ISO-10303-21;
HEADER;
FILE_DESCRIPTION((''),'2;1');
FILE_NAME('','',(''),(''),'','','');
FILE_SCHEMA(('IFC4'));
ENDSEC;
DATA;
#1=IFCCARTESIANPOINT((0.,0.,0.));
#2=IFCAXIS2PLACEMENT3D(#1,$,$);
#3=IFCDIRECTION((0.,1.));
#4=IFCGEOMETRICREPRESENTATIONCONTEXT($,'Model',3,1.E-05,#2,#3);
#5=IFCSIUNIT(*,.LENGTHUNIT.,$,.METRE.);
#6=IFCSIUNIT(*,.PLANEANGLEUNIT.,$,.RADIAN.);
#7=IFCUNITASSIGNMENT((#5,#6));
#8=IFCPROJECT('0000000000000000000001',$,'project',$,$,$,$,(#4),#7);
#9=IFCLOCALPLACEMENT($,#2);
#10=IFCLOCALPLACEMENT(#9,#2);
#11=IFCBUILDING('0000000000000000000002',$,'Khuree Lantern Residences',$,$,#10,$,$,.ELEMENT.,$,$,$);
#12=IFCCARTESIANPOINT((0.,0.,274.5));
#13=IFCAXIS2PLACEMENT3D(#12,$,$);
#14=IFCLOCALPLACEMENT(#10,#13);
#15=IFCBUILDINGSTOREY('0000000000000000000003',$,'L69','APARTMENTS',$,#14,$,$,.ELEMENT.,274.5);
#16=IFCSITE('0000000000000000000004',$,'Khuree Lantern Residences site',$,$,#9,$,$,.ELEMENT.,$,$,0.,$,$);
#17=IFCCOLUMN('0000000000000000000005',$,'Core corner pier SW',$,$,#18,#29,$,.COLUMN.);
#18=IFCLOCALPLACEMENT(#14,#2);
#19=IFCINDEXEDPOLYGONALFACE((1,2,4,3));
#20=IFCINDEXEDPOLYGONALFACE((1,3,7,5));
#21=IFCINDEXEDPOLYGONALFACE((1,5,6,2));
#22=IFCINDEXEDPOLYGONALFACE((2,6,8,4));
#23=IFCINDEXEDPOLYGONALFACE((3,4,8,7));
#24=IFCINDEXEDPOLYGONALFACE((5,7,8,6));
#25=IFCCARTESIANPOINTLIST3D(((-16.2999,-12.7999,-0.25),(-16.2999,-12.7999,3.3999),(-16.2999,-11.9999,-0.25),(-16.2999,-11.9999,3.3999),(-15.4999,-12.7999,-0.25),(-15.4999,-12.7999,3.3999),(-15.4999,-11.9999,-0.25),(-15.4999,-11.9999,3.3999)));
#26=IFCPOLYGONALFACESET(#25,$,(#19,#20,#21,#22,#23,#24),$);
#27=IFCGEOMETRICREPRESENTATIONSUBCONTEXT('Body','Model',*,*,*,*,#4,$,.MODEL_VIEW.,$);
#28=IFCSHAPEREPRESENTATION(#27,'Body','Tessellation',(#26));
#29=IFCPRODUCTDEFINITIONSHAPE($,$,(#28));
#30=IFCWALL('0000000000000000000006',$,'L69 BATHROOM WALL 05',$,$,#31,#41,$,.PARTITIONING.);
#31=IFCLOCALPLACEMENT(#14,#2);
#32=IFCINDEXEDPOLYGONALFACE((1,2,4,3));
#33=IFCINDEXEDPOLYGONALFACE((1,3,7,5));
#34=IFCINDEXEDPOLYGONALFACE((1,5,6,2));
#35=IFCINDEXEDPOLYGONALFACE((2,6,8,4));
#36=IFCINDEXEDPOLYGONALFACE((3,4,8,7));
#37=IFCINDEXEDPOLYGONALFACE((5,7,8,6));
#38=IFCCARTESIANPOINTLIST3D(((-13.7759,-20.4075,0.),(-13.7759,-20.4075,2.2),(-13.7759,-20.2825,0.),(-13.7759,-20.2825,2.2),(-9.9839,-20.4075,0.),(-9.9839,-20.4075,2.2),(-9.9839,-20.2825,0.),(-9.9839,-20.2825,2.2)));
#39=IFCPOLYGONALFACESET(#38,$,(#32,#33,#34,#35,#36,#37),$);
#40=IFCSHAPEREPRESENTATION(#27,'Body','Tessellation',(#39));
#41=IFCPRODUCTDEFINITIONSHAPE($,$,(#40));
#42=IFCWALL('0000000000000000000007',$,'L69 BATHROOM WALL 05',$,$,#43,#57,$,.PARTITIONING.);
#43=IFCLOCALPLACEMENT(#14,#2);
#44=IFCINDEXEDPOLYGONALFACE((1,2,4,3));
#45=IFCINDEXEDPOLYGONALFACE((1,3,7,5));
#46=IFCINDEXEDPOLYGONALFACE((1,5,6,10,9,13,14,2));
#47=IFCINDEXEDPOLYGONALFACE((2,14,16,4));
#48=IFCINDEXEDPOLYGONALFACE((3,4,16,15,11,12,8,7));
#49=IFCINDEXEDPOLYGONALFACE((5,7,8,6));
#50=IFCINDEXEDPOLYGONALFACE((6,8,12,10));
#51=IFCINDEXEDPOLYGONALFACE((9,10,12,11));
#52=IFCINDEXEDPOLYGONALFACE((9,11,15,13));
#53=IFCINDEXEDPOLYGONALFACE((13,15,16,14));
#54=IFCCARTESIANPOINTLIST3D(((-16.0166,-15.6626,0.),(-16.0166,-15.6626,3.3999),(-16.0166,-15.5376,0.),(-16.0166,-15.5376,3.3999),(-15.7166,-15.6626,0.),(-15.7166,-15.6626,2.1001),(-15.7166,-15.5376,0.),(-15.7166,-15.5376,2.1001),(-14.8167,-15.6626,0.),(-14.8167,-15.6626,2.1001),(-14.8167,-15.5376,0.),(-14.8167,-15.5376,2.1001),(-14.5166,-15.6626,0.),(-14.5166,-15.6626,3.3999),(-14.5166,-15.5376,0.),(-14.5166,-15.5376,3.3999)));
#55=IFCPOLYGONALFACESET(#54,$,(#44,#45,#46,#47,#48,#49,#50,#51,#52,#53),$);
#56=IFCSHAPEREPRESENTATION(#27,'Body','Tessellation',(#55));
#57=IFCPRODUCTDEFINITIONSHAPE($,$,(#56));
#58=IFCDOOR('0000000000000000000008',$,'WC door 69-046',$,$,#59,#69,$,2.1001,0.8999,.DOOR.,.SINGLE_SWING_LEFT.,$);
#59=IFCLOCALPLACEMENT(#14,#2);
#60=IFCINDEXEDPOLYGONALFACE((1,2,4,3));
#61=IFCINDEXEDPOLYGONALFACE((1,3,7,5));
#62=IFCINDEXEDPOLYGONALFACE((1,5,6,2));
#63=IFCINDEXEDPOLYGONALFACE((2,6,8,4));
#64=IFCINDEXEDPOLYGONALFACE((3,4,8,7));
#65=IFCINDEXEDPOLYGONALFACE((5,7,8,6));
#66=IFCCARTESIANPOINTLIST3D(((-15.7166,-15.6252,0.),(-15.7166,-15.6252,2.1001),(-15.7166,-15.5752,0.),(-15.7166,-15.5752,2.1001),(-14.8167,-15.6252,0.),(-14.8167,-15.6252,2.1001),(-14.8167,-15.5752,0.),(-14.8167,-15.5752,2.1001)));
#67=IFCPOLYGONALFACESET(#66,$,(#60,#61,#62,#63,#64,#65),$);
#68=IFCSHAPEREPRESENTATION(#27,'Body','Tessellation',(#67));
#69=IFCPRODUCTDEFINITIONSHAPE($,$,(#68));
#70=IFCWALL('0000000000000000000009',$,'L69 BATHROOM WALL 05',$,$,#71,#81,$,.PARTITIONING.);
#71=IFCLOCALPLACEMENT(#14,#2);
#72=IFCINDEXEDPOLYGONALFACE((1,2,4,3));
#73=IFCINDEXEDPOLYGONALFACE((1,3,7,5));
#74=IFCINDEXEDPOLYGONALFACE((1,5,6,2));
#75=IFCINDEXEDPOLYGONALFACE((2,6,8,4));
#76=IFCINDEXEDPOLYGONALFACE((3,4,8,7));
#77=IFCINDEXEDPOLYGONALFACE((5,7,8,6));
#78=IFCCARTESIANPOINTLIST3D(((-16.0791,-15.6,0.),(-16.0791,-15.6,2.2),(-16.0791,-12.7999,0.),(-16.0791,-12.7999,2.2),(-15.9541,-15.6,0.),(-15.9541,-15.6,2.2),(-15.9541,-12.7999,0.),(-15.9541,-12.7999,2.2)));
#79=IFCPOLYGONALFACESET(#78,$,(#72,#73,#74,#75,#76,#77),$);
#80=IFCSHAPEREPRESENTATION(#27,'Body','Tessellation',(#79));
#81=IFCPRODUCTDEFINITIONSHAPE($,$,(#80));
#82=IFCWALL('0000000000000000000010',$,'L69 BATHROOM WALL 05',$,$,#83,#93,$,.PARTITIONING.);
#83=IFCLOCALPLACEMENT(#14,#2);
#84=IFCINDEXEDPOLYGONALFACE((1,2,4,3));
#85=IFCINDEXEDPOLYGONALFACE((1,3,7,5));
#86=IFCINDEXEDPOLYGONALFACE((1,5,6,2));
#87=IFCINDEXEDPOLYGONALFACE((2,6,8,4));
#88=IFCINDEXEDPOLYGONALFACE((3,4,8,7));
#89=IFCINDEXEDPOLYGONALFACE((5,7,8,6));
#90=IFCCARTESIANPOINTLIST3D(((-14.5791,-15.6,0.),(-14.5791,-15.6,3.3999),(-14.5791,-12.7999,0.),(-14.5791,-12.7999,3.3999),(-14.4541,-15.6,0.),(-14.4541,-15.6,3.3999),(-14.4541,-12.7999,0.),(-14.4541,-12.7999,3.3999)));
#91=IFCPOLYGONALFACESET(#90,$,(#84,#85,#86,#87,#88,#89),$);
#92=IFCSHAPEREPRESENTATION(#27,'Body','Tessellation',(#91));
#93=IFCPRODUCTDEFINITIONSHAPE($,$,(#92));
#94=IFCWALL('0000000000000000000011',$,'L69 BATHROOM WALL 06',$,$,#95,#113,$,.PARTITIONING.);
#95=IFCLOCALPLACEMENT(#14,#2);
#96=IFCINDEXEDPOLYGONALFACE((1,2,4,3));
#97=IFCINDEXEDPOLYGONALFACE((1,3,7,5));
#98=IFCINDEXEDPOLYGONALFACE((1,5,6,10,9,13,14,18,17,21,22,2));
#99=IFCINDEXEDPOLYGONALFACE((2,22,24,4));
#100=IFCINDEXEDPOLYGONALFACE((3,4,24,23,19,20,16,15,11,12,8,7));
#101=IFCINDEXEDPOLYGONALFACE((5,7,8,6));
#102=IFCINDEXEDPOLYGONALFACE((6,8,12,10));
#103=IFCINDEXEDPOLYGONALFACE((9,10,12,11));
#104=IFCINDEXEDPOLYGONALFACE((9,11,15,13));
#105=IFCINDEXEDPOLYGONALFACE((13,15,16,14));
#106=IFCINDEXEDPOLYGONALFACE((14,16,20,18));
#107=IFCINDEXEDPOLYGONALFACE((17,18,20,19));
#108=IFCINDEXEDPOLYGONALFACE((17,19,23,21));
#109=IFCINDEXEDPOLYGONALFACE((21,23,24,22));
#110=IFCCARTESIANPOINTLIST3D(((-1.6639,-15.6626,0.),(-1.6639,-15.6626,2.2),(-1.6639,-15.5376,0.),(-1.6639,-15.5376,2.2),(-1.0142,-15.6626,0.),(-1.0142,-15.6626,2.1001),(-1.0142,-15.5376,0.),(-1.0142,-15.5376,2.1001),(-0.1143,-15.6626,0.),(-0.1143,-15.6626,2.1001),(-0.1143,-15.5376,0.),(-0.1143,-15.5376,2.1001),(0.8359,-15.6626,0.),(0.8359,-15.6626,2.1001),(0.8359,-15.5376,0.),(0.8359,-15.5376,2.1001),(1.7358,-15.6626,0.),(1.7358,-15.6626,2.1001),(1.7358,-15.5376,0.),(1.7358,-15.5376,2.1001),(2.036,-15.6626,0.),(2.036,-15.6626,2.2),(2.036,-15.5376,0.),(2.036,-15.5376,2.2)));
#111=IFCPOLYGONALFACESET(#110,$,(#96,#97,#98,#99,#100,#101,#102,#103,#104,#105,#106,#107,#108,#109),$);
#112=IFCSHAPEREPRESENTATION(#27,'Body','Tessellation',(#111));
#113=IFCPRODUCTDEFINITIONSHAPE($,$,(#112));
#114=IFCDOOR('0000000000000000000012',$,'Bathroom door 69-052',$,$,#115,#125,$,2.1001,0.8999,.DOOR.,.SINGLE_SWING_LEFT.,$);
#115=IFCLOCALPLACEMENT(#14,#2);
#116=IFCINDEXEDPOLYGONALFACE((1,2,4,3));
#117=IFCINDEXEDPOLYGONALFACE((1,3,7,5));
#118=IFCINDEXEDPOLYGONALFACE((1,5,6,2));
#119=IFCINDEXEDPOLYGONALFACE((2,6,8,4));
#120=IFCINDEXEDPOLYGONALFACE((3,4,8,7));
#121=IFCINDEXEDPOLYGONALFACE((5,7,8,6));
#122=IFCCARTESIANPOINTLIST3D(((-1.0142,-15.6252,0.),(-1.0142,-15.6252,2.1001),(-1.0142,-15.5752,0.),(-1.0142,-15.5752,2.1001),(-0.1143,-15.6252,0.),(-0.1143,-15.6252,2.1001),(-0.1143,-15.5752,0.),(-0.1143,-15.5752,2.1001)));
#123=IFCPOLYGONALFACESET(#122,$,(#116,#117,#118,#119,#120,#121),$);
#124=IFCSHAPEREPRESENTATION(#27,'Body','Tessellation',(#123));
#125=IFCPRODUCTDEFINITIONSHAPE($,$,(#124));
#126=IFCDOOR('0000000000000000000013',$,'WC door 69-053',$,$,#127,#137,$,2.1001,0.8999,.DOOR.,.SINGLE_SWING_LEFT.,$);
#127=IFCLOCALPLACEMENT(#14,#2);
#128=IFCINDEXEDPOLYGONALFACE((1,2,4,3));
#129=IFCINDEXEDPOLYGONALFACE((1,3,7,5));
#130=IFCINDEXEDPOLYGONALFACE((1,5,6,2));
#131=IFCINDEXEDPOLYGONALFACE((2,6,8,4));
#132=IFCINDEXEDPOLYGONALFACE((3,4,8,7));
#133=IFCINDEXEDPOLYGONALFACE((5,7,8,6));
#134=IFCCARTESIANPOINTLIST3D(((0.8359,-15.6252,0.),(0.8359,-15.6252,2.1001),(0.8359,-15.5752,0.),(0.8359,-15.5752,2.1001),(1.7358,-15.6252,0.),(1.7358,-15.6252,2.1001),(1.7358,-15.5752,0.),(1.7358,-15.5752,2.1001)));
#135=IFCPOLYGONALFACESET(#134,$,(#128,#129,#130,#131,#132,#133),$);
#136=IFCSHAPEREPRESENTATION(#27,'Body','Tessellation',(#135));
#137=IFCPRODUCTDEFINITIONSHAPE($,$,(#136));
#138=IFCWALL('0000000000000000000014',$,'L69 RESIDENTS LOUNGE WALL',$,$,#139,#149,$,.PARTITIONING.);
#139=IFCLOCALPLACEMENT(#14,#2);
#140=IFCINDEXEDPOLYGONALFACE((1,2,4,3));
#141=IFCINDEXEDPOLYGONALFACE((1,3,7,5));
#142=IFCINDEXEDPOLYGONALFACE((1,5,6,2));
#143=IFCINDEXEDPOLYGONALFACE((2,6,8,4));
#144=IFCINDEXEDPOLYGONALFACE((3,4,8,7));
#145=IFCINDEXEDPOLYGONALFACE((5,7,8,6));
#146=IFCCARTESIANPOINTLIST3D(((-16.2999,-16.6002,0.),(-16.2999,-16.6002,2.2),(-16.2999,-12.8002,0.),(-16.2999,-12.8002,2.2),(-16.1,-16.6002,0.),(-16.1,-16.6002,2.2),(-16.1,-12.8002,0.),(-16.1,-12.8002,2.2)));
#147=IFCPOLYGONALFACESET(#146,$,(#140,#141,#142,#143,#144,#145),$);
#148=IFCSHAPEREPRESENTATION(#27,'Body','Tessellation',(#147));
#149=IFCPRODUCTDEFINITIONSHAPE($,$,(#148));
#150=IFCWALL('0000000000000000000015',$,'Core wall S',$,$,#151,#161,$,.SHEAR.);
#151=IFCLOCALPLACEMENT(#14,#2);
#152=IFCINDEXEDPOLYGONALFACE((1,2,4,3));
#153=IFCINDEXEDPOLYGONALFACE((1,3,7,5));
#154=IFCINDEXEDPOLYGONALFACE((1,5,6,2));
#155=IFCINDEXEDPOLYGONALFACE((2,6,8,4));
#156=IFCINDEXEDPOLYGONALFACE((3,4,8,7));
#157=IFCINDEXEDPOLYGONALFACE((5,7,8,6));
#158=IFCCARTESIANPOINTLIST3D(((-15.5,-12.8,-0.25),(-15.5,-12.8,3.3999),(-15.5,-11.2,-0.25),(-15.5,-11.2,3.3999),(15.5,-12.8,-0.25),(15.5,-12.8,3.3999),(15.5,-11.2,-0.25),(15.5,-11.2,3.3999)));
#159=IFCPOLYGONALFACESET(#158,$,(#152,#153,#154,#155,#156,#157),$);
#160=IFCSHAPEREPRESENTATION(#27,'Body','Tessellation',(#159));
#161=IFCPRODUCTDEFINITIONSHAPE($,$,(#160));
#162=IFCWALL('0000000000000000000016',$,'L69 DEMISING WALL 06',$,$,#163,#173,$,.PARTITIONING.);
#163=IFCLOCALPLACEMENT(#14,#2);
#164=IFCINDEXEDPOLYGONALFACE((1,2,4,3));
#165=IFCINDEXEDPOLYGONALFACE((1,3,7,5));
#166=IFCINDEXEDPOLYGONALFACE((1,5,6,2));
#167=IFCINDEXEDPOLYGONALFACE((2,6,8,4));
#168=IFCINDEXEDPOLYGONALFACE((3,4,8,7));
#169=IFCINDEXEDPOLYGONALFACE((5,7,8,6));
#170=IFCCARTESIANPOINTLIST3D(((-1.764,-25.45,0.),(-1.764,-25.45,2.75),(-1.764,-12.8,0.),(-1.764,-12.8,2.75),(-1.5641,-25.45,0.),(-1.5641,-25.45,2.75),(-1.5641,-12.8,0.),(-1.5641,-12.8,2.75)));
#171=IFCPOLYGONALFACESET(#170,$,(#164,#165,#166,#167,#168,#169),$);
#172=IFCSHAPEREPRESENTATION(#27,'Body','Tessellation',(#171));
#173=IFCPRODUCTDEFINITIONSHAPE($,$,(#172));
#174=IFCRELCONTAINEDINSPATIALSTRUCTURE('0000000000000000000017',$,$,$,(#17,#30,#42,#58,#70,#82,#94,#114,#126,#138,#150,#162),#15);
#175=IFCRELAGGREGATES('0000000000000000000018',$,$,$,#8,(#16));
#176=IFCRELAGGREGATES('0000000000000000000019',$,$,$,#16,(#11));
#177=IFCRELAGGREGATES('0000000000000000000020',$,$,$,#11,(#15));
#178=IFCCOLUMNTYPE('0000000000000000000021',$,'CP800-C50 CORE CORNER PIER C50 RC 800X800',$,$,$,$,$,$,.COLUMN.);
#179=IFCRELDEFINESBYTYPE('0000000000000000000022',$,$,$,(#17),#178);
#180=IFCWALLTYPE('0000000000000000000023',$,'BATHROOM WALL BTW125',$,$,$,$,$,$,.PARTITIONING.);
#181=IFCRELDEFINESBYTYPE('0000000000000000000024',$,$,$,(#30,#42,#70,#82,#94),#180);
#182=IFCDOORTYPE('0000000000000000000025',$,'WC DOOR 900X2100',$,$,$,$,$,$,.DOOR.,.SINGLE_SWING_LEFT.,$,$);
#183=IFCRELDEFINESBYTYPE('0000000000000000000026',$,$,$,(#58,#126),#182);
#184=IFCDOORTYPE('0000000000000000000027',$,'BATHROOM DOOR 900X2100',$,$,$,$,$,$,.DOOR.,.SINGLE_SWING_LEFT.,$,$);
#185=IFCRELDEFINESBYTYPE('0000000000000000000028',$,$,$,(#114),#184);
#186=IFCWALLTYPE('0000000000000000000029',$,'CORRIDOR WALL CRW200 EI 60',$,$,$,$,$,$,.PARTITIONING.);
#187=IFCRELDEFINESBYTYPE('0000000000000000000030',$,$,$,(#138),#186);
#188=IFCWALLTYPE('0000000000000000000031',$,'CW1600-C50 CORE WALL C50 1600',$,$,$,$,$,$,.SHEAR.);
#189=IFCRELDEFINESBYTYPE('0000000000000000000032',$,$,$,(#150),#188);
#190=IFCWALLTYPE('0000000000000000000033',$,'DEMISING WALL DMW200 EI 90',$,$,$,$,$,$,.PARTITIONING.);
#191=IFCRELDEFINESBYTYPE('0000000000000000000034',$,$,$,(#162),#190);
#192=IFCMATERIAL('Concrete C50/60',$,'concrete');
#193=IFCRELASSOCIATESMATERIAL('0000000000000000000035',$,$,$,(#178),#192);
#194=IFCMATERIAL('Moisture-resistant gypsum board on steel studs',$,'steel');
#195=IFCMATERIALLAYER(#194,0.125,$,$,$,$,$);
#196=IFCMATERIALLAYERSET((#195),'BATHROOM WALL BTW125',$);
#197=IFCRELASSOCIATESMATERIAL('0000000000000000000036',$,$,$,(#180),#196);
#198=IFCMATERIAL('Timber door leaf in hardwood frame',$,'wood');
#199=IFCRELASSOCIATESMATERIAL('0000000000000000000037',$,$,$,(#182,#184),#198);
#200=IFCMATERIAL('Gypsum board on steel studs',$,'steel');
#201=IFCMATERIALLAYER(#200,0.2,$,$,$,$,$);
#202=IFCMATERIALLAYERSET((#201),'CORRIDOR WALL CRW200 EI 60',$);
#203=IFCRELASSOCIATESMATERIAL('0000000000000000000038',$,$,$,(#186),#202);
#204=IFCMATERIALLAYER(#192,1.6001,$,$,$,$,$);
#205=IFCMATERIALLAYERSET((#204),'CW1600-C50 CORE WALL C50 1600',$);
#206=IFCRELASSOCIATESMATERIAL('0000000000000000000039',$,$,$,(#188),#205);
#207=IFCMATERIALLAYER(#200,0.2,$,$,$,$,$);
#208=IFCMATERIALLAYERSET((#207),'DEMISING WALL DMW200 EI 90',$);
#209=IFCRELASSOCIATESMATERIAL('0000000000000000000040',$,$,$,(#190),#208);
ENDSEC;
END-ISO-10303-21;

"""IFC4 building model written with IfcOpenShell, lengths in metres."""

from ifc_helpers import new_model, si_unit, direction, frame, frame_2d, origin, origin_2d, place, context, subcontext, project, spatial, rectangle, extrude, material, layer, layer_set, material_profile, profile_set, type_object, element, fill, save


model = new_model("IFC4")

# Units and contexts
model_context = context("Model", 3, precision=1e-05, world=origin(), true_north=direction((0.0, 1.0)))
body_context = subcontext(model_context, "Body", "Model", "MODEL_VIEW")
ifc_project = project(units=[si_unit("LENGTHUNIT", "METRE"), si_unit("PLANEANGLEUNIT", "RADIAN")], contexts=[model_context])

# Site, building, storey
site_placement = place(None, origin())
site = spatial("IfcSite", under=ifc_project, at=site_placement, Name="Khuree Lantern Residences site", CompositionType="ELEMENT", RefElevation=0.0)
building_placement = place(site_placement, origin())
building = spatial("IfcBuilding", under=site, at=building_placement, Name="Khuree Lantern Residences", CompositionType="ELEMENT")
storey_placement = place(building_placement, frame((0.0, 0.0, 274.5)))
storey = spatial("IfcBuildingStorey", under=building, at=storey_placement, Name="L69", Description="APARTMENTS", CompositionType="ELEMENT", Elevation=274.5)

# Column
ifc_material_1 = material(Name="Concrete C50/60", Category="concrete")
ifc_material_profile = material_profile(ifc_material_1, rectangle(XDim=0.8, YDim=0.8, at=origin_2d()), Name="RC 800X800")
ifc_profile_set = profile_set([ifc_material_profile], Name="Concrete C50/60")
column_type = type_object("IfcColumnType", Name="CP800-C50 CORE CORNER PIER C50 RC 800X800", PredefinedType="COLUMN", material=ifc_profile_set)
column_placement = place(storey_placement, frame((-15.8999, -12.3999, -0.25), z_axis=(0.0, 0.0, 1.0), x_axis=(1.0, 0.0, 0.0)))
element("IfcColumn", 1, at=column_placement, inside=storey, type_object=column_type, Name="Core corner pier SW", PredefinedType="COLUMN", context=body_context, shape_type="SweptSolid", body=[
    extrude(rectangle(XDim=0.8, YDim=0.8, at=origin_2d()), origin(), (0.0, 0.0, 1.0), 3.6499),
])

# Wall
ifc_material_2 = material(Name="Moisture-resistant gypsum board on steel studs", Category="steel")
ifc_layer_1 = layer(ifc_material_2, 0.125)
ifc_layer_set_1 = layer_set([ifc_layer_1], Name="BATHROOM WALL BTW125")
wall_type_1 = type_object("IfcWallType", Name="BATHROOM WALL BTW125", PredefinedType="PARTITIONING", material=ifc_layer_set_1)
wall_1_placement = place(storey_placement, frame((-13.7759, -20.345, 0.0), z_axis=(0.0, 0.0, 1.0), x_axis=(1.0, 0.0, 0.0)))
element("IfcWall", 2, at=wall_1_placement, inside=storey, type_object=wall_type_1, Name="L69 BATHROOM WALL 05", PredefinedType="PARTITIONING", context=body_context, shape_type="SweptSolid", body=[
    extrude(rectangle(XDim=3.792, YDim=0.125, at=frame_2d((1.896, 0.0))), origin(), (0.0, 0.0, 1.0), 2.2),
])

# Wall, opening, door
wall_2_placement = place(storey_placement, frame((-16.0166, -15.6001, 0.0), z_axis=(0.0, 0.0, 1.0), x_axis=(1.0, 0.0, 0.0)))
wall_2 = element("IfcWall", 3, at=wall_2_placement, inside=storey, type_object=wall_type_1, Name="L69 BATHROOM WALL 05", PredefinedType="PARTITIONING", context=body_context, shape_type="SweptSolid", body=[
    extrude(rectangle(XDim=1.5, YDim=0.125, at=frame_2d((0.75, 0.0))), origin(), (0.0, 0.0, 1.0), 3.3999),
])
opening_1_placement = place(wall_2_placement, frame((0.3, 0.0, 0.0)))
opening_1 = element("IfcOpeningElement", 4, at=opening_1_placement, cuts=wall_2, PredefinedType="OPENING", context=body_context, shape_type="SweptSolid", body=[
    extrude(rectangle(XDim=0.8999, YDim=2.1001, at=frame_2d((0.45, 1.05))), frame((0.0, 0.0725, 0.0), z_axis=(0.0, -1.0, 0.0), x_axis=(1.0, 0.0, 0.0)), (0.0, 0.0, 1.0), 0.145),
])
ifc_material_3 = material(Name="Timber door leaf in hardwood frame", Category="wood")
door_type_1 = type_object("IfcDoorType", Name="WC DOOR 900X2100", OperationType="SINGLE_SWING_LEFT", PredefinedType="DOOR", material=ifc_material_3)
door_1_placement = place(opening_1_placement, origin())
door_1 = element("IfcDoor", 5, at=door_1_placement, inside=storey, type_object=door_type_1, Name="WC door 69-046", OperationType="SINGLE_SWING_LEFT", OverallHeight=2.1001, OverallWidth=0.8999, PredefinedType="DOOR", context=body_context, shape_type="SweptSolid", body=[
    extrude(rectangle(XDim=0.8999, YDim=2.1001, at=frame_2d((0.45, 1.05))), frame((0.0, 0.0249, 0.0), z_axis=(0.0, -1.0, 0.0), x_axis=(1.0, 0.0, 0.0)), (0.0, 0.0, 1.0), 0.05),
])
fill(opening_1, door_1)

# Walls
wall_3_placement = place(storey_placement, frame((-16.0166, -12.8, 0.0), z_axis=(0.0, 0.0, 1.0), x_axis=(0.0, -1.0, 0.0)))
element("IfcWall", 6, at=wall_3_placement, inside=storey, type_object=wall_type_1, Name="L69 BATHROOM WALL 05", PredefinedType="PARTITIONING", context=body_context, shape_type="SweptSolid", body=[
    extrude(rectangle(XDim=2.8, YDim=0.125, at=frame_2d((1.3999, 0.0))), origin(), (0.0, 0.0, 1.0), 2.2),
])
wall_4_placement = place(storey_placement, frame((-14.5166, -12.8, 0.0), z_axis=(0.0, 0.0, 1.0), x_axis=(0.0, -1.0, 0.0)))
element("IfcWall", 7, at=wall_4_placement, inside=storey, type_object=wall_type_1, Name="L69 BATHROOM WALL 05", PredefinedType="PARTITIONING", context=body_context, shape_type="SweptSolid", body=[
    extrude(rectangle(XDim=2.8, YDim=0.125, at=frame_2d((1.3999, 0.0))), origin(), (0.0, 0.0, 1.0), 3.3999),
])

# Wall, openings, doors
wall_5_placement = place(storey_placement, frame((-1.6641, -15.6001, 0.0), z_axis=(0.0, 0.0, 1.0), x_axis=(1.0, 0.0, 0.0)))
wall_5 = element("IfcWall", 8, at=wall_5_placement, inside=storey, type_object=wall_type_1, Name="L69 BATHROOM WALL 06", PredefinedType="PARTITIONING", context=body_context, shape_type="SweptSolid", body=[
    extrude(rectangle(XDim=3.7, YDim=0.125, at=frame_2d((1.8501, 0.0))), origin(), (0.0, 0.0, 1.0), 2.2),
])
opening_2_placement = place(wall_5_placement, frame((0.6499, 0.0, 0.0)))
opening_2 = element("IfcOpeningElement", 9, at=opening_2_placement, cuts=wall_5, PredefinedType="OPENING", context=body_context, shape_type="SweptSolid", body=[
    extrude(rectangle(XDim=0.8999, YDim=2.1001, at=frame_2d((0.45, 1.05))), frame((0.0, 0.0725, 0.0), z_axis=(0.0, -1.0, 0.0), x_axis=(1.0, 0.0, 0.0)), (0.0, 0.0, 1.0), 0.145),
])
opening_3_placement = place(wall_5_placement, frame((2.5, 0.0, 0.0)))
opening_3 = element("IfcOpeningElement", 10, at=opening_3_placement, cuts=wall_5, PredefinedType="OPENING", context=body_context, shape_type="SweptSolid", body=[
    extrude(rectangle(XDim=0.8999, YDim=2.1001, at=frame_2d((0.45, 1.05))), frame((0.0, 0.0725, 0.0), z_axis=(0.0, -1.0, 0.0), x_axis=(1.0, 0.0, 0.0)), (0.0, 0.0, 1.0), 0.145),
])
door_type_2 = type_object("IfcDoorType", Name="BATHROOM DOOR 900X2100", OperationType="SINGLE_SWING_LEFT", PredefinedType="DOOR", material=ifc_material_3)
door_2_placement = place(opening_2_placement, origin())
door_2 = element("IfcDoor", 11, at=door_2_placement, inside=storey, type_object=door_type_2, Name="Bathroom door 69-052", OperationType="SINGLE_SWING_LEFT", OverallHeight=2.1001, OverallWidth=0.8999, PredefinedType="DOOR", context=body_context, shape_type="SweptSolid", body=[
    extrude(rectangle(XDim=0.8999, YDim=2.1001, at=frame_2d((0.45, 1.05))), frame((0.0, 0.0249, 0.0), z_axis=(0.0, -1.0, 0.0), x_axis=(1.0, 0.0, 0.0)), (0.0, 0.0, 1.0), 0.05),
])
fill(opening_2, door_2)
door_3_placement = place(opening_3_placement, origin())
door_3 = element("IfcDoor", 12, at=door_3_placement, inside=storey, type_object=door_type_1, Name="WC door 69-053", OperationType="SINGLE_SWING_LEFT", OverallHeight=2.1001, OverallWidth=0.8999, PredefinedType="DOOR", context=body_context, shape_type="SweptSolid", body=[
    extrude(rectangle(XDim=0.8999, YDim=2.1001, at=frame_2d((0.45, 1.05))), frame((0.0, 0.0249, 0.0), z_axis=(0.0, -1.0, 0.0), x_axis=(1.0, 0.0, 0.0)), (0.0, 0.0, 1.0), 0.05),
])
fill(opening_3, door_3)

# Walls
ifc_material_4 = material(Name="Gypsum board on steel studs", Category="steel")
ifc_layer_2 = layer(ifc_material_4, 0.2)
ifc_layer_set_2 = layer_set([ifc_layer_2], Name="CORRIDOR WALL CRW200 EI 60")
wall_type_2 = type_object("IfcWallType", Name="CORRIDOR WALL CRW200 EI 60", PredefinedType="PARTITIONING", material=ifc_layer_set_2)
wall_6_placement = place(storey_placement, frame((-16.2, -16.6001, 0.0), z_axis=(0.0, 0.0, 1.0), x_axis=(0.0, 1.0, 0.0)))
element("IfcWall", 13, at=wall_6_placement, inside=storey, type_object=wall_type_2, Name="L69 RESIDENTS LOUNGE WALL", PredefinedType="PARTITIONING", context=body_context, shape_type="SweptSolid", body=[
    extrude(rectangle(XDim=3.8, YDim=0.2, at=frame_2d((1.8999, 0.0))), origin(), (0.0, 0.0, 1.0), 2.2),
])
ifc_layer_3 = layer(ifc_material_1, 1.6001)
ifc_layer_set_3 = layer_set([ifc_layer_3], Name="CW1600-C50 CORE WALL C50 1600")
wall_type_3 = type_object("IfcWallType", Name="CW1600-C50 CORE WALL C50 1600", PredefinedType="SHEAR", material=ifc_layer_set_3)
wall_7_placement = place(storey_placement, frame((-15.5, -12.0, -0.25), z_axis=(0.0, 0.0, 1.0), x_axis=(1.0, 0.0, 0.0)))
element("IfcWall", 14, at=wall_7_placement, inside=storey, type_object=wall_type_3, Name="Core wall S", PredefinedType="SHEAR", context=body_context, shape_type="SweptSolid", body=[
    extrude(rectangle(XDim=31.0, YDim=1.6001, at=frame_2d((15.5, 0.0))), origin(), (0.0, 0.0, 1.0), 3.6499),
])
ifc_layer_4 = layer(ifc_material_4, 0.2)
ifc_layer_set_4 = layer_set([ifc_layer_4], Name="DEMISING WALL DMW200 EI 90")
wall_type_4 = type_object("IfcWallType", Name="DEMISING WALL DMW200 EI 90", PredefinedType="PARTITIONING", material=ifc_layer_set_4)
wall_8_placement = place(storey_placement, frame((-1.6641, -12.8, 0.0), z_axis=(0.0, 0.0, 1.0), x_axis=(0.0, -1.0, 0.0)))
element("IfcWall", 15, at=wall_8_placement, inside=storey, type_object=wall_type_4, Name="L69 DEMISING WALL 06", PredefinedType="PARTITIONING", context=body_context, shape_type="SweptSolid", body=[
    extrude(rectangle(XDim=12.6499, YDim=0.2, at=frame_2d((6.325, 0.0))), origin(), (0.0, 0.0, 1.0), 2.75),
])

save(model, "model.ifc")
